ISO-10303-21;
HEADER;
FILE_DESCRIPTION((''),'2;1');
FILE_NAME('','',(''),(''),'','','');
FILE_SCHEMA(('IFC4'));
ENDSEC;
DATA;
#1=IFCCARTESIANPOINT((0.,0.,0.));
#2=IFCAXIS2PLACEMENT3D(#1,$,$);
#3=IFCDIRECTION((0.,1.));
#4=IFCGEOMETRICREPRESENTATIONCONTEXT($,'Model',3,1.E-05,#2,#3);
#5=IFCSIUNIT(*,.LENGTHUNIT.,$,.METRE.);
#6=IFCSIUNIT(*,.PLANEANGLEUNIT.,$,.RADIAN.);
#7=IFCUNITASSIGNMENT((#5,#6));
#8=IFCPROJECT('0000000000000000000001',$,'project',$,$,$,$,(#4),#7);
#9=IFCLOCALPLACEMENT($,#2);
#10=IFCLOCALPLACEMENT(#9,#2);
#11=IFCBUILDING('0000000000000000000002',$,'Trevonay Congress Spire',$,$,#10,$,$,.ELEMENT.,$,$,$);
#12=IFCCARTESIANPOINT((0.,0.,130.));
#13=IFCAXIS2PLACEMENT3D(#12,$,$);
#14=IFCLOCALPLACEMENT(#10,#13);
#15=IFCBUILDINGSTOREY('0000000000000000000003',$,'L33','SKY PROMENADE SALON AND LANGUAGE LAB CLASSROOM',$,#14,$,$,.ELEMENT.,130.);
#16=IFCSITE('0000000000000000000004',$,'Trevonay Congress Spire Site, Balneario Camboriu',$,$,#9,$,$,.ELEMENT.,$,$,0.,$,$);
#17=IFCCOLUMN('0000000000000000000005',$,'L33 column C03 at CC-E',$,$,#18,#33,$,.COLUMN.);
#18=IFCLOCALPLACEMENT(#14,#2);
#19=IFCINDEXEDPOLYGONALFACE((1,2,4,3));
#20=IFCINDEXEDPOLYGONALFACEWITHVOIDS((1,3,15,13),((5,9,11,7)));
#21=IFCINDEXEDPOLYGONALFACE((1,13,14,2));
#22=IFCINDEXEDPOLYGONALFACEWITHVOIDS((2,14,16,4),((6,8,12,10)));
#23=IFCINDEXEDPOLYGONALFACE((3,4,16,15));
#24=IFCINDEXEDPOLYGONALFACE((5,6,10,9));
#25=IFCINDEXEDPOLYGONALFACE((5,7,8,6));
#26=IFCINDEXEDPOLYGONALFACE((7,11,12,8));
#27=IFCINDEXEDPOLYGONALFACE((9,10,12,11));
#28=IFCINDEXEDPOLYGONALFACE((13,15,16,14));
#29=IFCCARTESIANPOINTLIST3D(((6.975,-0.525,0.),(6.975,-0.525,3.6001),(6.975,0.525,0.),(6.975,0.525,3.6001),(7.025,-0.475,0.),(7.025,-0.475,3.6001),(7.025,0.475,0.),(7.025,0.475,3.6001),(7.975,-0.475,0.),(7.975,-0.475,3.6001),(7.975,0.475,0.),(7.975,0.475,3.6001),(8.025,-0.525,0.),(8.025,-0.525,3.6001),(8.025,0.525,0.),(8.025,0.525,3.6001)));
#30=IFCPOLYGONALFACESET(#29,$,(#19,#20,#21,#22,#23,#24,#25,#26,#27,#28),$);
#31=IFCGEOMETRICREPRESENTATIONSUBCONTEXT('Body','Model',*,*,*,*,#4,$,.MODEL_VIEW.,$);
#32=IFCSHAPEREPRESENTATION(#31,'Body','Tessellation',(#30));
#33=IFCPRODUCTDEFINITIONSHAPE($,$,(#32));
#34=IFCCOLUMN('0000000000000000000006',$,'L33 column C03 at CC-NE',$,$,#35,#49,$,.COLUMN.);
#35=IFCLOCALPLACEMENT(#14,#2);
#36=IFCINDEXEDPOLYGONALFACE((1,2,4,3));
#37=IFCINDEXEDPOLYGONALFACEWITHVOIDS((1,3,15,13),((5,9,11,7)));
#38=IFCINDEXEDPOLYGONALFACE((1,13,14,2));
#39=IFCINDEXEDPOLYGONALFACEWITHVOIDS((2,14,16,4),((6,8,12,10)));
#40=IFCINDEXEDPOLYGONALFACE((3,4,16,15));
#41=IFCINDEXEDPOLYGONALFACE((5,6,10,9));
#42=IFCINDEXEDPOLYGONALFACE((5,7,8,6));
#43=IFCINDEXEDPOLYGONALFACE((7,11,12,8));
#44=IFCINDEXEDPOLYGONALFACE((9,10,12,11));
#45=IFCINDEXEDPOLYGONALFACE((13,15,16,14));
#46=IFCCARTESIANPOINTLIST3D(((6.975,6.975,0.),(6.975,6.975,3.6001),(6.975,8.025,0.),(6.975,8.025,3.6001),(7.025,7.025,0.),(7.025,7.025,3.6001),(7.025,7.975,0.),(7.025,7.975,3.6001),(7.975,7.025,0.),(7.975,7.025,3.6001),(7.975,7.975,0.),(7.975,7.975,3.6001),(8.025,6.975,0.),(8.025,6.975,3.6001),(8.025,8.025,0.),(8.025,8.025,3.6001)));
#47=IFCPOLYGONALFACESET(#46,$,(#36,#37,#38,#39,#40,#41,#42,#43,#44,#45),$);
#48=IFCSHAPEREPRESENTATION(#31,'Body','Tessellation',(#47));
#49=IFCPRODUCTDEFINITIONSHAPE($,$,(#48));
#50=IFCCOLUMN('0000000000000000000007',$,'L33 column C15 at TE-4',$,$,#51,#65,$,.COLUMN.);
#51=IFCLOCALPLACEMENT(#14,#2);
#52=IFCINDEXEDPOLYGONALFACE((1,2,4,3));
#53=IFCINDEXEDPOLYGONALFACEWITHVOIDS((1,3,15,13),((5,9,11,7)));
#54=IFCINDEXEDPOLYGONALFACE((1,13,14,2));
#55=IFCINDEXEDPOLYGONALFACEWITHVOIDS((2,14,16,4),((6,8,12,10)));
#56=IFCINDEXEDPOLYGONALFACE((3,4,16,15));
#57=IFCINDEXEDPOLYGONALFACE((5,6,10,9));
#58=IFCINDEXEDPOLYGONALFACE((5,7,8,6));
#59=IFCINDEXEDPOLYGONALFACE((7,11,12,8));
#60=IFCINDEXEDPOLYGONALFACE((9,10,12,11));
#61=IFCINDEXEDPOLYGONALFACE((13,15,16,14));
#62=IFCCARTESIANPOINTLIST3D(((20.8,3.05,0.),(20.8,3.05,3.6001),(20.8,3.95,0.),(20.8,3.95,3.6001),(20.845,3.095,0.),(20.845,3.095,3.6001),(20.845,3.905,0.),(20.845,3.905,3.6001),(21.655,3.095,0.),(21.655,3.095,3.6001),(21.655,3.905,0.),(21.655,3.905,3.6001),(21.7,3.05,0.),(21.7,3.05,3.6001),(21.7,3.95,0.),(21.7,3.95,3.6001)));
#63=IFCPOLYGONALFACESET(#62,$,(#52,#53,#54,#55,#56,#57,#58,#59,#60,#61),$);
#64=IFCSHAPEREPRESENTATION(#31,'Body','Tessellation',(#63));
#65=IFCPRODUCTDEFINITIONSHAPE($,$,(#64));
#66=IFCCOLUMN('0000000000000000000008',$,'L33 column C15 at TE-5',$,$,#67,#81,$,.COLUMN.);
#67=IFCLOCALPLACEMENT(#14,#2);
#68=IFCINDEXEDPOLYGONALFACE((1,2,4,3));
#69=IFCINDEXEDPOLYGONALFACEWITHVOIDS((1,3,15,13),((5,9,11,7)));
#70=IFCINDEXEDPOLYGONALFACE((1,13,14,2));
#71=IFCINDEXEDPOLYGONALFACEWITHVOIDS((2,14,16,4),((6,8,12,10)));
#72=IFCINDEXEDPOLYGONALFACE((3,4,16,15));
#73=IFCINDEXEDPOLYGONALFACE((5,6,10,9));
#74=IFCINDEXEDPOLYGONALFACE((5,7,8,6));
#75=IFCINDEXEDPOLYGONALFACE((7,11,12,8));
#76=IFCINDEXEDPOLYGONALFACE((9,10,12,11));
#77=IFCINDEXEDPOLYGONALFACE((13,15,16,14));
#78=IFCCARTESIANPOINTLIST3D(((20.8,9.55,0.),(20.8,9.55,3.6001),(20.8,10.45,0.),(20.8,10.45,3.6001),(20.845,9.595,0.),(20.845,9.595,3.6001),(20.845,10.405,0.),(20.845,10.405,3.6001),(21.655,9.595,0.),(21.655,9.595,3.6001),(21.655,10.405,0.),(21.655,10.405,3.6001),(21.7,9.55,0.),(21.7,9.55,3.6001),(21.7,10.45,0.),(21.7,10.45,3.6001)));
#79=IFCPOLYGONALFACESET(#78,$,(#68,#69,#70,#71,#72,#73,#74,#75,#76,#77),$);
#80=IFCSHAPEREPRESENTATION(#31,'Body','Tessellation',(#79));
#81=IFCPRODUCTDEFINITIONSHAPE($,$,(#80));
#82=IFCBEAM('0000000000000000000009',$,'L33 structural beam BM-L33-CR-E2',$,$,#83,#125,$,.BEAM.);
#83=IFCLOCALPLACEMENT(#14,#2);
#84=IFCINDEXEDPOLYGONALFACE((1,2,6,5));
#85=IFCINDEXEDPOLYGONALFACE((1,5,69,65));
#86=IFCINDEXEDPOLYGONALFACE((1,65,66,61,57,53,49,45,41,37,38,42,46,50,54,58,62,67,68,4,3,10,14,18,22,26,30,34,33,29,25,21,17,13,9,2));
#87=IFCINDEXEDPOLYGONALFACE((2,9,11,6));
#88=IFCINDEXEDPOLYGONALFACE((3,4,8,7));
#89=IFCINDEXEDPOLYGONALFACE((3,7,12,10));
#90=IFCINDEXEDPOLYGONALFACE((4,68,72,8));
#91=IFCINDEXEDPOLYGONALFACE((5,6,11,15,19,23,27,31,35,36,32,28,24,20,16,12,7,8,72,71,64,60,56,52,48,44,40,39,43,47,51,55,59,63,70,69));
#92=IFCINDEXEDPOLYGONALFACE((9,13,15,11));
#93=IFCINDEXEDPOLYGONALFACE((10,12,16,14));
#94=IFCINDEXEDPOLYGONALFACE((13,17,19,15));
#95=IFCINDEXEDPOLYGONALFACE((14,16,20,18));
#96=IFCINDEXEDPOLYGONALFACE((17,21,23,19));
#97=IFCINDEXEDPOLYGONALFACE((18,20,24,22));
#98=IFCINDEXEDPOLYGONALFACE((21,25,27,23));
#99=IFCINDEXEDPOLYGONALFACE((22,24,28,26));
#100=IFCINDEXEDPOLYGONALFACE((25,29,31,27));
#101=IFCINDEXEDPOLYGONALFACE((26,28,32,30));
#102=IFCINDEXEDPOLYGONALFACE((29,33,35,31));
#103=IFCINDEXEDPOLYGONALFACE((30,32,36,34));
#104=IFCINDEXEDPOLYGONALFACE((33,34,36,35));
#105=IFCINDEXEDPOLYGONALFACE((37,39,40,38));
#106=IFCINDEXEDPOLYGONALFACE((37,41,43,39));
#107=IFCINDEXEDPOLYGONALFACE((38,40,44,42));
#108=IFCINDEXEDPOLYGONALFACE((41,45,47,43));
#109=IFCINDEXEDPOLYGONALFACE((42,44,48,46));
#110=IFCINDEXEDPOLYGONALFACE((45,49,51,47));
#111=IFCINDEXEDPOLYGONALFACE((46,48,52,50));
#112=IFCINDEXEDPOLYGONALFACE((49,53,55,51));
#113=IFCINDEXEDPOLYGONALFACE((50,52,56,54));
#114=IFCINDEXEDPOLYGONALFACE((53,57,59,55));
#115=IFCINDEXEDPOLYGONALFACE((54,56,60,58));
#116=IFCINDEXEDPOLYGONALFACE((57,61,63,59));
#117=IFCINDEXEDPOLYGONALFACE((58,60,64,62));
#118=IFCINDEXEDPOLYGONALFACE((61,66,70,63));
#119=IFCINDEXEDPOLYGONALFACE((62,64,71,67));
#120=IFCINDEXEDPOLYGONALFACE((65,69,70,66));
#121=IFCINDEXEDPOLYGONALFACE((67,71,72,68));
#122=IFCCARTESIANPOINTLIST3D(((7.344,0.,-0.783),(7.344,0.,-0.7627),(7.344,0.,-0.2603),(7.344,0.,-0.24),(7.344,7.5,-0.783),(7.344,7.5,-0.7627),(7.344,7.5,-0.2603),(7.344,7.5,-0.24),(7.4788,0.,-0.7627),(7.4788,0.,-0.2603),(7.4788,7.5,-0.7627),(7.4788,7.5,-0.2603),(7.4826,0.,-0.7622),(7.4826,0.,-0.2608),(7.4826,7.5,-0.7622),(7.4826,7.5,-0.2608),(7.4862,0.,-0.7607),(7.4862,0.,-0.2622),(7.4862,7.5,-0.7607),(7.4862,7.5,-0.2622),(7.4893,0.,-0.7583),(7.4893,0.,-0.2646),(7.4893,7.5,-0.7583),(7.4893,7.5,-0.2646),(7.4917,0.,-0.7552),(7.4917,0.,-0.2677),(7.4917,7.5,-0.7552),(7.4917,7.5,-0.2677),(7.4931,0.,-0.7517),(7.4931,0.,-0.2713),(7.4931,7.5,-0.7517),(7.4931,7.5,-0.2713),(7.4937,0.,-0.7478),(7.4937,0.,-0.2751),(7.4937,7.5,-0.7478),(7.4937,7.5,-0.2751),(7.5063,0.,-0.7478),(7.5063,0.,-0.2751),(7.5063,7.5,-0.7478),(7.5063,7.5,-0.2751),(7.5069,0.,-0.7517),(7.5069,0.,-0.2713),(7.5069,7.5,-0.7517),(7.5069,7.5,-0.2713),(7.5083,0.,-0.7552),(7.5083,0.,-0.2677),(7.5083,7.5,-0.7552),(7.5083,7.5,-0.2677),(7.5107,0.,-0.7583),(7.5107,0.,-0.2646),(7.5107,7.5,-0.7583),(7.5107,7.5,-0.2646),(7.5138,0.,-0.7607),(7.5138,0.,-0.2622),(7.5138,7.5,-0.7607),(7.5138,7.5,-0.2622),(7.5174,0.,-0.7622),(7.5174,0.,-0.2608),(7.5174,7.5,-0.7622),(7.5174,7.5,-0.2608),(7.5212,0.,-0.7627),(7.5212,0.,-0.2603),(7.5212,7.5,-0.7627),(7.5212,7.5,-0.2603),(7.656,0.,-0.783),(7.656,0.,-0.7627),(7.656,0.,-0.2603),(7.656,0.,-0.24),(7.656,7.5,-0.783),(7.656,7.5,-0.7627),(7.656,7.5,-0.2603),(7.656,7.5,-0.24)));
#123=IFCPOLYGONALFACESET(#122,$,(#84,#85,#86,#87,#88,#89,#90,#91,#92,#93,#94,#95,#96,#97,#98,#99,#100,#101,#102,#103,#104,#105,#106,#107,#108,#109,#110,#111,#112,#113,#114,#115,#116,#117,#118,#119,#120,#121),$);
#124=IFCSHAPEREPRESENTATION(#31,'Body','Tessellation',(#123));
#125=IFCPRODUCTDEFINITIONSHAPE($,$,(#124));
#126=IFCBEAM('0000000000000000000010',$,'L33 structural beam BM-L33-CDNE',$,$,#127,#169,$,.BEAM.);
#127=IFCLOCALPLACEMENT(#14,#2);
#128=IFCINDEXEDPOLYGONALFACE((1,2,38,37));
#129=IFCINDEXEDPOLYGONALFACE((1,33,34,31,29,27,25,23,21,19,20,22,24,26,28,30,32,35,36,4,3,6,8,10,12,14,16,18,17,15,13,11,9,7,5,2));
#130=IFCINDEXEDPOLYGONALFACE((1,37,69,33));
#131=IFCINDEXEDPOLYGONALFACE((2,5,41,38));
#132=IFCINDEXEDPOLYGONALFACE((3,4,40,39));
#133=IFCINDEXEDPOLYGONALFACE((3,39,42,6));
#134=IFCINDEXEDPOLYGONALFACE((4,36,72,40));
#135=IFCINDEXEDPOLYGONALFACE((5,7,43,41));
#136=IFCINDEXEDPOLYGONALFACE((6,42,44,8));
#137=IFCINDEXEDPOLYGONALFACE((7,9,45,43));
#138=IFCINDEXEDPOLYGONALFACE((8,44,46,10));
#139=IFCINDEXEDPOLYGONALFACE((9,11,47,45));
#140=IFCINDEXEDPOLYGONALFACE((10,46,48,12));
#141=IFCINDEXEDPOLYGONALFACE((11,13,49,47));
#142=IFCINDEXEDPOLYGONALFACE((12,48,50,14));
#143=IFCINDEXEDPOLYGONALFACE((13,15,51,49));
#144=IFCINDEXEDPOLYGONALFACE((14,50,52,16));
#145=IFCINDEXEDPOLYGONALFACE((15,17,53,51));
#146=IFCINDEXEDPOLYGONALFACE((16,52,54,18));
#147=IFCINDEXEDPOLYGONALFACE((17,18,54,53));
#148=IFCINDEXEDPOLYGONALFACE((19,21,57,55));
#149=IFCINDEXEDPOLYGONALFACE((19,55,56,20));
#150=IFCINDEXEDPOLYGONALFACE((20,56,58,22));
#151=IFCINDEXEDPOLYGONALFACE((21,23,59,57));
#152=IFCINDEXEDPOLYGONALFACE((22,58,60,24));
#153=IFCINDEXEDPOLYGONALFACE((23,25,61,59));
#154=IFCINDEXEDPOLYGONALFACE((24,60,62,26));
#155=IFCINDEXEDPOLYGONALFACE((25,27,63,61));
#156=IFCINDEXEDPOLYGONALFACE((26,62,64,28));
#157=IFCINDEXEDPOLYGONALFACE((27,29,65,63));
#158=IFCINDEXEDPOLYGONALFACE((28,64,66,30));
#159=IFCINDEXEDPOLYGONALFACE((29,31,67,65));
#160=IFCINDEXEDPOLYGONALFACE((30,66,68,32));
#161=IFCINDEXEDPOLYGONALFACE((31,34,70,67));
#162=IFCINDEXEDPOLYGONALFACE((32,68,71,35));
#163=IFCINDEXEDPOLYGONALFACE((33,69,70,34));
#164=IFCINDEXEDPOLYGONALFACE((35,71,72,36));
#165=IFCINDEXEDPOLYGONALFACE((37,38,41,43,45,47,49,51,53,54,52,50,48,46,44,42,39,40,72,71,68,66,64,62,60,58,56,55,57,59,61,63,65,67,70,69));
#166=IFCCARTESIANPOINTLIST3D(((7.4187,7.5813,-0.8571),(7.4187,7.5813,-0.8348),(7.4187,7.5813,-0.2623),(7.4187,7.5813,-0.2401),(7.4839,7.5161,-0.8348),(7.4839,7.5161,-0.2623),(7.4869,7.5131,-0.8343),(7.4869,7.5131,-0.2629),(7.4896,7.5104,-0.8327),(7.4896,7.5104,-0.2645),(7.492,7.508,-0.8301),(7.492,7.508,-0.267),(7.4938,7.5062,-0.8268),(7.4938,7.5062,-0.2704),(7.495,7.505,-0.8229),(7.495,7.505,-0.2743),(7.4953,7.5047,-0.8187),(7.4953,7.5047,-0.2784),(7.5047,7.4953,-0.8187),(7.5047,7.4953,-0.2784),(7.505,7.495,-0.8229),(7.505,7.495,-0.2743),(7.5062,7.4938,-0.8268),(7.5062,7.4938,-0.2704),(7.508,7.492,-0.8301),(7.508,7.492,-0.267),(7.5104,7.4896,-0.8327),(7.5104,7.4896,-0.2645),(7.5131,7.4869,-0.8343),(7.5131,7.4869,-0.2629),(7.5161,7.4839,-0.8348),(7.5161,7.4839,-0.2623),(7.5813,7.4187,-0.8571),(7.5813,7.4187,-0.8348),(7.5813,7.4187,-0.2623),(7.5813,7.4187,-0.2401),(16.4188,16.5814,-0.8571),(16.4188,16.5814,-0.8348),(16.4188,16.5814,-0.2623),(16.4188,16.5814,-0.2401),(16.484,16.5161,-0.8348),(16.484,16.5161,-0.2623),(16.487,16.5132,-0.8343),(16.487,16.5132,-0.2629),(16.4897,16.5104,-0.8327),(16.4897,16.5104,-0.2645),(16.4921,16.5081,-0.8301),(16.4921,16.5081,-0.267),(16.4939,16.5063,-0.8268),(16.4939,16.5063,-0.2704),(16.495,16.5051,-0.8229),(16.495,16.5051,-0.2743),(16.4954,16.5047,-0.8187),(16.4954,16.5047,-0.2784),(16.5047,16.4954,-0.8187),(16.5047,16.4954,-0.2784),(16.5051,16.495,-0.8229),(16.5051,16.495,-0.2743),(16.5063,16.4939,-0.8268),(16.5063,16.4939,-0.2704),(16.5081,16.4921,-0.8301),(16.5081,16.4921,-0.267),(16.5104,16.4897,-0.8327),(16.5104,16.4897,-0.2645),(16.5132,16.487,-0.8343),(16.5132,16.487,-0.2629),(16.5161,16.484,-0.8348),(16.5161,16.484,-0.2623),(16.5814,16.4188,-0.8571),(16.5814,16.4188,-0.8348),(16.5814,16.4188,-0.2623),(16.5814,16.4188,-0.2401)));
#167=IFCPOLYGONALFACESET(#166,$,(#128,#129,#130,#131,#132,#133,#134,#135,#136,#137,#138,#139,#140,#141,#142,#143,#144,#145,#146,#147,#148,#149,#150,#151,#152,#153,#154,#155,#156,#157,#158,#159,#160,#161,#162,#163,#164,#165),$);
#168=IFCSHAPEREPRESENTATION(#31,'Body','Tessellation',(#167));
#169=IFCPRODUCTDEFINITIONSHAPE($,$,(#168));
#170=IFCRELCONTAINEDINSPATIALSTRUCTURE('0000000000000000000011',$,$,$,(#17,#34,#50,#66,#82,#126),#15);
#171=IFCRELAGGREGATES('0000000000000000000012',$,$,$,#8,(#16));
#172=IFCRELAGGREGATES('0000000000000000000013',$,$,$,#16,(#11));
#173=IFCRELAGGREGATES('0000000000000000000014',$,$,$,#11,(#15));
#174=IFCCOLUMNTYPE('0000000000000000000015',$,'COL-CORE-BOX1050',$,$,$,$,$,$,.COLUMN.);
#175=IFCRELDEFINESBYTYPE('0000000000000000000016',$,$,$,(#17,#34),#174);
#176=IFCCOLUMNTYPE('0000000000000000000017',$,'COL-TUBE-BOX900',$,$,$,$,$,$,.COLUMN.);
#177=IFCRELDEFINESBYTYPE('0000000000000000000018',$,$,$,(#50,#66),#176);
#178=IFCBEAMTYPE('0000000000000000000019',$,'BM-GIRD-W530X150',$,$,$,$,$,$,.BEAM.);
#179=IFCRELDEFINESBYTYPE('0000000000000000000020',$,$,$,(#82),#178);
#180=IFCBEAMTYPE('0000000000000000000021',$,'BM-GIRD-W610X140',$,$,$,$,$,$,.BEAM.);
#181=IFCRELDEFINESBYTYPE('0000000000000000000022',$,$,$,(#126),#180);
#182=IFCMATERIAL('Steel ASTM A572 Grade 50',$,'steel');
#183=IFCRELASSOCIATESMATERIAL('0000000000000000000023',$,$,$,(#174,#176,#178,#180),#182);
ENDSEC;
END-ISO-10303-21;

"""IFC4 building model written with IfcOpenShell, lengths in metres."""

from ifc_helpers import new_model, si_unit, direction, frame, origin, origin_2d, place, context, subcontext, project, spatial, hollow_rectangle, i_section, extrude, material, material_profile, profile_set, type_object, element, save


model = new_model("IFC4")

# Units and contexts
model_context = context("Model", 3, precision=1e-05, world=origin(), true_north=direction((0.0, 1.0)))
body_context = subcontext(model_context, "Body", "Model", "MODEL_VIEW")
ifc_project = project(units=[si_unit("LENGTHUNIT", "METRE"), si_unit("PLANEANGLEUNIT", "RADIAN")], contexts=[model_context])

# Site, building, storey
site_placement = place(None, origin())
site = spatial("IfcSite", under=ifc_project, at=site_placement, Name="Trevonay Congress Spire Site, Balneario Camboriu", CompositionType="ELEMENT", RefElevation=0.0)
building_placement = place(site_placement, origin())
building = spatial("IfcBuilding", under=site, at=building_placement, Name="Trevonay Congress Spire", CompositionType="ELEMENT")
storey_placement = place(building_placement, frame((0.0, 0.0, 130.0)))
storey = spatial("IfcBuildingStorey", under=building, at=storey_placement, Name="L33", Description="SKY PROMENADE SALON AND LANGUAGE LAB CLASSROOM", CompositionType="ELEMENT", Elevation=130.0)

# Columns
ifc_material_1 = material(Name="Steel ASTM A572 Grade 50", Category="steel")
ifc_material_profile_1 = material_profile(ifc_material_1, hollow_rectangle(XDim=1.05, YDim=1.05, WallThickness=0.05, at=origin_2d()), Name="BOX 1050x1050x50")
ifc_profile_set_1 = profile_set([ifc_material_profile_1], Name="Steel ASTM A572 Grade 50")
column_type_1 = type_object("IfcColumnType", Name="COL-CORE-BOX1050", PredefinedType="COLUMN", material=ifc_profile_set_1)
for number, where, z_axis, x_axis, name in (
    (1, (7.5, 0.0, 0.0), (0.0, 0.0, 1.0), (1.0, 0.0, 0.0), "L33 column C03 at CC-E"),
    (2, (7.5, 7.5, 0.0), (0.0, 0.0, 1.0), (1.0, 0.0, 0.0), "L33 column C03 at CC-NE"),
):
    element("IfcColumn", number, at=place(storey_placement, frame(where, z_axis=z_axis, x_axis=x_axis)), inside=storey, type_object=column_type_1, Name=name, PredefinedType="COLUMN", context=body_context, shape_type="SweptSolid", body=[
        extrude(hollow_rectangle(XDim=1.05, YDim=1.05, WallThickness=0.05, at=origin_2d()), origin(), (0.0, 0.0, 1.0), 3.6001),
    ])
ifc_material_profile_2 = material_profile(ifc_material_1, hollow_rectangle(XDim=0.8999, YDim=0.8999, WallThickness=0.0449, at=origin_2d()), Name="BOX 900x900x45")
ifc_profile_set_2 = profile_set([ifc_material_profile_2], Name="Steel ASTM A572 Grade 50")
column_type_2 = type_object("IfcColumnType", Name="COL-TUBE-BOX900", PredefinedType="COLUMN", material=ifc_profile_set_2)
for number, where, z_axis, x_axis, name in (
    (3, (21.25, 3.5, 0.0), (0.0, 0.0, 1.0), (1.0, 0.0, 0.0), "L33 column C15 at TE-4"),
    (4, (21.25, 10.0, 0.0), (0.0, 0.0, 1.0), (1.0, 0.0, 0.0), "L33 column C15 at TE-5"),
):
    element("IfcColumn", number, at=place(storey_placement, frame(where, z_axis=z_axis, x_axis=x_axis)), inside=storey, type_object=column_type_2, Name=name, PredefinedType="COLUMN", context=body_context, shape_type="SweptSolid", body=[
        extrude(hollow_rectangle(XDim=0.8999, YDim=0.8999, WallThickness=0.0449, at=origin_2d()), origin(), (0.0, 0.0, 1.0), 3.6001),
    ])

# Beams
ifc_material_profile_3 = material_profile(ifc_material_1, i_section(OverallWidth=0.312, OverallDepth=0.543, WebThickness=0.0127, FlangeThickness=0.0203, FilletRadius=0.0149, at=origin_2d()), Name="W530x150")
ifc_profile_set_3 = profile_set([ifc_material_profile_3], Name="Steel ASTM A572 Grade 50")
beam_type_1 = type_object("IfcBeamType", Name="BM-GIRD-W530X150", PredefinedType="BEAM", material=ifc_profile_set_3)
beam_1_placement = place(storey_placement, frame((7.5, 0.0, -0.5115), z_axis=(0.0, 1.0, 0.0), x_axis=(-1.0, 0.0, 0.0)))
element("IfcBeam", 5, at=beam_1_placement, inside=storey, type_object=beam_type_1, Name="L33 structural beam BM-L33-CR-E2", PredefinedType="BEAM", context=body_context, shape_type="SweptSolid", body=[
    extrude(i_section(OverallWidth=0.312, OverallDepth=0.543, WebThickness=0.0127, FlangeThickness=0.0203, FilletRadius=0.0149, at=origin_2d()), origin(), (0.0, 0.0, 1.0), 7.5),
])
ifc_material_profile_4 = material_profile(ifc_material_1, i_section(OverallWidth=0.23, OverallDepth=0.6169, WebThickness=0.0132, FlangeThickness=0.0222, FilletRadius=0.0161, at=origin_2d()), Name="W610x140")
ifc_profile_set_4 = profile_set([ifc_material_profile_4], Name="Steel ASTM A572 Grade 50")
beam_type_2 = type_object("IfcBeamType", Name="BM-GIRD-W610X140", PredefinedType="BEAM", material=ifc_profile_set_4)
beam_2_placement = place(storey_placement, frame((7.5, 7.5, -0.5486), z_axis=(0.707107, 0.707107, 0.0), x_axis=(-0.707107, 0.707107, 0.0)))
element("IfcBeam", 6, at=beam_2_placement, inside=storey, type_object=beam_type_2, Name="L33 structural beam BM-L33-CDNE", PredefinedType="BEAM", context=body_context, shape_type="SweptSolid", body=[
    extrude(i_section(OverallWidth=0.23, OverallDepth=0.6169, WebThickness=0.0132, FlangeThickness=0.0222, FilletRadius=0.0161, at=origin_2d()), origin(), (0.0, 0.0, 1.0), 12.728),
])

save(model, "model.ifc")
